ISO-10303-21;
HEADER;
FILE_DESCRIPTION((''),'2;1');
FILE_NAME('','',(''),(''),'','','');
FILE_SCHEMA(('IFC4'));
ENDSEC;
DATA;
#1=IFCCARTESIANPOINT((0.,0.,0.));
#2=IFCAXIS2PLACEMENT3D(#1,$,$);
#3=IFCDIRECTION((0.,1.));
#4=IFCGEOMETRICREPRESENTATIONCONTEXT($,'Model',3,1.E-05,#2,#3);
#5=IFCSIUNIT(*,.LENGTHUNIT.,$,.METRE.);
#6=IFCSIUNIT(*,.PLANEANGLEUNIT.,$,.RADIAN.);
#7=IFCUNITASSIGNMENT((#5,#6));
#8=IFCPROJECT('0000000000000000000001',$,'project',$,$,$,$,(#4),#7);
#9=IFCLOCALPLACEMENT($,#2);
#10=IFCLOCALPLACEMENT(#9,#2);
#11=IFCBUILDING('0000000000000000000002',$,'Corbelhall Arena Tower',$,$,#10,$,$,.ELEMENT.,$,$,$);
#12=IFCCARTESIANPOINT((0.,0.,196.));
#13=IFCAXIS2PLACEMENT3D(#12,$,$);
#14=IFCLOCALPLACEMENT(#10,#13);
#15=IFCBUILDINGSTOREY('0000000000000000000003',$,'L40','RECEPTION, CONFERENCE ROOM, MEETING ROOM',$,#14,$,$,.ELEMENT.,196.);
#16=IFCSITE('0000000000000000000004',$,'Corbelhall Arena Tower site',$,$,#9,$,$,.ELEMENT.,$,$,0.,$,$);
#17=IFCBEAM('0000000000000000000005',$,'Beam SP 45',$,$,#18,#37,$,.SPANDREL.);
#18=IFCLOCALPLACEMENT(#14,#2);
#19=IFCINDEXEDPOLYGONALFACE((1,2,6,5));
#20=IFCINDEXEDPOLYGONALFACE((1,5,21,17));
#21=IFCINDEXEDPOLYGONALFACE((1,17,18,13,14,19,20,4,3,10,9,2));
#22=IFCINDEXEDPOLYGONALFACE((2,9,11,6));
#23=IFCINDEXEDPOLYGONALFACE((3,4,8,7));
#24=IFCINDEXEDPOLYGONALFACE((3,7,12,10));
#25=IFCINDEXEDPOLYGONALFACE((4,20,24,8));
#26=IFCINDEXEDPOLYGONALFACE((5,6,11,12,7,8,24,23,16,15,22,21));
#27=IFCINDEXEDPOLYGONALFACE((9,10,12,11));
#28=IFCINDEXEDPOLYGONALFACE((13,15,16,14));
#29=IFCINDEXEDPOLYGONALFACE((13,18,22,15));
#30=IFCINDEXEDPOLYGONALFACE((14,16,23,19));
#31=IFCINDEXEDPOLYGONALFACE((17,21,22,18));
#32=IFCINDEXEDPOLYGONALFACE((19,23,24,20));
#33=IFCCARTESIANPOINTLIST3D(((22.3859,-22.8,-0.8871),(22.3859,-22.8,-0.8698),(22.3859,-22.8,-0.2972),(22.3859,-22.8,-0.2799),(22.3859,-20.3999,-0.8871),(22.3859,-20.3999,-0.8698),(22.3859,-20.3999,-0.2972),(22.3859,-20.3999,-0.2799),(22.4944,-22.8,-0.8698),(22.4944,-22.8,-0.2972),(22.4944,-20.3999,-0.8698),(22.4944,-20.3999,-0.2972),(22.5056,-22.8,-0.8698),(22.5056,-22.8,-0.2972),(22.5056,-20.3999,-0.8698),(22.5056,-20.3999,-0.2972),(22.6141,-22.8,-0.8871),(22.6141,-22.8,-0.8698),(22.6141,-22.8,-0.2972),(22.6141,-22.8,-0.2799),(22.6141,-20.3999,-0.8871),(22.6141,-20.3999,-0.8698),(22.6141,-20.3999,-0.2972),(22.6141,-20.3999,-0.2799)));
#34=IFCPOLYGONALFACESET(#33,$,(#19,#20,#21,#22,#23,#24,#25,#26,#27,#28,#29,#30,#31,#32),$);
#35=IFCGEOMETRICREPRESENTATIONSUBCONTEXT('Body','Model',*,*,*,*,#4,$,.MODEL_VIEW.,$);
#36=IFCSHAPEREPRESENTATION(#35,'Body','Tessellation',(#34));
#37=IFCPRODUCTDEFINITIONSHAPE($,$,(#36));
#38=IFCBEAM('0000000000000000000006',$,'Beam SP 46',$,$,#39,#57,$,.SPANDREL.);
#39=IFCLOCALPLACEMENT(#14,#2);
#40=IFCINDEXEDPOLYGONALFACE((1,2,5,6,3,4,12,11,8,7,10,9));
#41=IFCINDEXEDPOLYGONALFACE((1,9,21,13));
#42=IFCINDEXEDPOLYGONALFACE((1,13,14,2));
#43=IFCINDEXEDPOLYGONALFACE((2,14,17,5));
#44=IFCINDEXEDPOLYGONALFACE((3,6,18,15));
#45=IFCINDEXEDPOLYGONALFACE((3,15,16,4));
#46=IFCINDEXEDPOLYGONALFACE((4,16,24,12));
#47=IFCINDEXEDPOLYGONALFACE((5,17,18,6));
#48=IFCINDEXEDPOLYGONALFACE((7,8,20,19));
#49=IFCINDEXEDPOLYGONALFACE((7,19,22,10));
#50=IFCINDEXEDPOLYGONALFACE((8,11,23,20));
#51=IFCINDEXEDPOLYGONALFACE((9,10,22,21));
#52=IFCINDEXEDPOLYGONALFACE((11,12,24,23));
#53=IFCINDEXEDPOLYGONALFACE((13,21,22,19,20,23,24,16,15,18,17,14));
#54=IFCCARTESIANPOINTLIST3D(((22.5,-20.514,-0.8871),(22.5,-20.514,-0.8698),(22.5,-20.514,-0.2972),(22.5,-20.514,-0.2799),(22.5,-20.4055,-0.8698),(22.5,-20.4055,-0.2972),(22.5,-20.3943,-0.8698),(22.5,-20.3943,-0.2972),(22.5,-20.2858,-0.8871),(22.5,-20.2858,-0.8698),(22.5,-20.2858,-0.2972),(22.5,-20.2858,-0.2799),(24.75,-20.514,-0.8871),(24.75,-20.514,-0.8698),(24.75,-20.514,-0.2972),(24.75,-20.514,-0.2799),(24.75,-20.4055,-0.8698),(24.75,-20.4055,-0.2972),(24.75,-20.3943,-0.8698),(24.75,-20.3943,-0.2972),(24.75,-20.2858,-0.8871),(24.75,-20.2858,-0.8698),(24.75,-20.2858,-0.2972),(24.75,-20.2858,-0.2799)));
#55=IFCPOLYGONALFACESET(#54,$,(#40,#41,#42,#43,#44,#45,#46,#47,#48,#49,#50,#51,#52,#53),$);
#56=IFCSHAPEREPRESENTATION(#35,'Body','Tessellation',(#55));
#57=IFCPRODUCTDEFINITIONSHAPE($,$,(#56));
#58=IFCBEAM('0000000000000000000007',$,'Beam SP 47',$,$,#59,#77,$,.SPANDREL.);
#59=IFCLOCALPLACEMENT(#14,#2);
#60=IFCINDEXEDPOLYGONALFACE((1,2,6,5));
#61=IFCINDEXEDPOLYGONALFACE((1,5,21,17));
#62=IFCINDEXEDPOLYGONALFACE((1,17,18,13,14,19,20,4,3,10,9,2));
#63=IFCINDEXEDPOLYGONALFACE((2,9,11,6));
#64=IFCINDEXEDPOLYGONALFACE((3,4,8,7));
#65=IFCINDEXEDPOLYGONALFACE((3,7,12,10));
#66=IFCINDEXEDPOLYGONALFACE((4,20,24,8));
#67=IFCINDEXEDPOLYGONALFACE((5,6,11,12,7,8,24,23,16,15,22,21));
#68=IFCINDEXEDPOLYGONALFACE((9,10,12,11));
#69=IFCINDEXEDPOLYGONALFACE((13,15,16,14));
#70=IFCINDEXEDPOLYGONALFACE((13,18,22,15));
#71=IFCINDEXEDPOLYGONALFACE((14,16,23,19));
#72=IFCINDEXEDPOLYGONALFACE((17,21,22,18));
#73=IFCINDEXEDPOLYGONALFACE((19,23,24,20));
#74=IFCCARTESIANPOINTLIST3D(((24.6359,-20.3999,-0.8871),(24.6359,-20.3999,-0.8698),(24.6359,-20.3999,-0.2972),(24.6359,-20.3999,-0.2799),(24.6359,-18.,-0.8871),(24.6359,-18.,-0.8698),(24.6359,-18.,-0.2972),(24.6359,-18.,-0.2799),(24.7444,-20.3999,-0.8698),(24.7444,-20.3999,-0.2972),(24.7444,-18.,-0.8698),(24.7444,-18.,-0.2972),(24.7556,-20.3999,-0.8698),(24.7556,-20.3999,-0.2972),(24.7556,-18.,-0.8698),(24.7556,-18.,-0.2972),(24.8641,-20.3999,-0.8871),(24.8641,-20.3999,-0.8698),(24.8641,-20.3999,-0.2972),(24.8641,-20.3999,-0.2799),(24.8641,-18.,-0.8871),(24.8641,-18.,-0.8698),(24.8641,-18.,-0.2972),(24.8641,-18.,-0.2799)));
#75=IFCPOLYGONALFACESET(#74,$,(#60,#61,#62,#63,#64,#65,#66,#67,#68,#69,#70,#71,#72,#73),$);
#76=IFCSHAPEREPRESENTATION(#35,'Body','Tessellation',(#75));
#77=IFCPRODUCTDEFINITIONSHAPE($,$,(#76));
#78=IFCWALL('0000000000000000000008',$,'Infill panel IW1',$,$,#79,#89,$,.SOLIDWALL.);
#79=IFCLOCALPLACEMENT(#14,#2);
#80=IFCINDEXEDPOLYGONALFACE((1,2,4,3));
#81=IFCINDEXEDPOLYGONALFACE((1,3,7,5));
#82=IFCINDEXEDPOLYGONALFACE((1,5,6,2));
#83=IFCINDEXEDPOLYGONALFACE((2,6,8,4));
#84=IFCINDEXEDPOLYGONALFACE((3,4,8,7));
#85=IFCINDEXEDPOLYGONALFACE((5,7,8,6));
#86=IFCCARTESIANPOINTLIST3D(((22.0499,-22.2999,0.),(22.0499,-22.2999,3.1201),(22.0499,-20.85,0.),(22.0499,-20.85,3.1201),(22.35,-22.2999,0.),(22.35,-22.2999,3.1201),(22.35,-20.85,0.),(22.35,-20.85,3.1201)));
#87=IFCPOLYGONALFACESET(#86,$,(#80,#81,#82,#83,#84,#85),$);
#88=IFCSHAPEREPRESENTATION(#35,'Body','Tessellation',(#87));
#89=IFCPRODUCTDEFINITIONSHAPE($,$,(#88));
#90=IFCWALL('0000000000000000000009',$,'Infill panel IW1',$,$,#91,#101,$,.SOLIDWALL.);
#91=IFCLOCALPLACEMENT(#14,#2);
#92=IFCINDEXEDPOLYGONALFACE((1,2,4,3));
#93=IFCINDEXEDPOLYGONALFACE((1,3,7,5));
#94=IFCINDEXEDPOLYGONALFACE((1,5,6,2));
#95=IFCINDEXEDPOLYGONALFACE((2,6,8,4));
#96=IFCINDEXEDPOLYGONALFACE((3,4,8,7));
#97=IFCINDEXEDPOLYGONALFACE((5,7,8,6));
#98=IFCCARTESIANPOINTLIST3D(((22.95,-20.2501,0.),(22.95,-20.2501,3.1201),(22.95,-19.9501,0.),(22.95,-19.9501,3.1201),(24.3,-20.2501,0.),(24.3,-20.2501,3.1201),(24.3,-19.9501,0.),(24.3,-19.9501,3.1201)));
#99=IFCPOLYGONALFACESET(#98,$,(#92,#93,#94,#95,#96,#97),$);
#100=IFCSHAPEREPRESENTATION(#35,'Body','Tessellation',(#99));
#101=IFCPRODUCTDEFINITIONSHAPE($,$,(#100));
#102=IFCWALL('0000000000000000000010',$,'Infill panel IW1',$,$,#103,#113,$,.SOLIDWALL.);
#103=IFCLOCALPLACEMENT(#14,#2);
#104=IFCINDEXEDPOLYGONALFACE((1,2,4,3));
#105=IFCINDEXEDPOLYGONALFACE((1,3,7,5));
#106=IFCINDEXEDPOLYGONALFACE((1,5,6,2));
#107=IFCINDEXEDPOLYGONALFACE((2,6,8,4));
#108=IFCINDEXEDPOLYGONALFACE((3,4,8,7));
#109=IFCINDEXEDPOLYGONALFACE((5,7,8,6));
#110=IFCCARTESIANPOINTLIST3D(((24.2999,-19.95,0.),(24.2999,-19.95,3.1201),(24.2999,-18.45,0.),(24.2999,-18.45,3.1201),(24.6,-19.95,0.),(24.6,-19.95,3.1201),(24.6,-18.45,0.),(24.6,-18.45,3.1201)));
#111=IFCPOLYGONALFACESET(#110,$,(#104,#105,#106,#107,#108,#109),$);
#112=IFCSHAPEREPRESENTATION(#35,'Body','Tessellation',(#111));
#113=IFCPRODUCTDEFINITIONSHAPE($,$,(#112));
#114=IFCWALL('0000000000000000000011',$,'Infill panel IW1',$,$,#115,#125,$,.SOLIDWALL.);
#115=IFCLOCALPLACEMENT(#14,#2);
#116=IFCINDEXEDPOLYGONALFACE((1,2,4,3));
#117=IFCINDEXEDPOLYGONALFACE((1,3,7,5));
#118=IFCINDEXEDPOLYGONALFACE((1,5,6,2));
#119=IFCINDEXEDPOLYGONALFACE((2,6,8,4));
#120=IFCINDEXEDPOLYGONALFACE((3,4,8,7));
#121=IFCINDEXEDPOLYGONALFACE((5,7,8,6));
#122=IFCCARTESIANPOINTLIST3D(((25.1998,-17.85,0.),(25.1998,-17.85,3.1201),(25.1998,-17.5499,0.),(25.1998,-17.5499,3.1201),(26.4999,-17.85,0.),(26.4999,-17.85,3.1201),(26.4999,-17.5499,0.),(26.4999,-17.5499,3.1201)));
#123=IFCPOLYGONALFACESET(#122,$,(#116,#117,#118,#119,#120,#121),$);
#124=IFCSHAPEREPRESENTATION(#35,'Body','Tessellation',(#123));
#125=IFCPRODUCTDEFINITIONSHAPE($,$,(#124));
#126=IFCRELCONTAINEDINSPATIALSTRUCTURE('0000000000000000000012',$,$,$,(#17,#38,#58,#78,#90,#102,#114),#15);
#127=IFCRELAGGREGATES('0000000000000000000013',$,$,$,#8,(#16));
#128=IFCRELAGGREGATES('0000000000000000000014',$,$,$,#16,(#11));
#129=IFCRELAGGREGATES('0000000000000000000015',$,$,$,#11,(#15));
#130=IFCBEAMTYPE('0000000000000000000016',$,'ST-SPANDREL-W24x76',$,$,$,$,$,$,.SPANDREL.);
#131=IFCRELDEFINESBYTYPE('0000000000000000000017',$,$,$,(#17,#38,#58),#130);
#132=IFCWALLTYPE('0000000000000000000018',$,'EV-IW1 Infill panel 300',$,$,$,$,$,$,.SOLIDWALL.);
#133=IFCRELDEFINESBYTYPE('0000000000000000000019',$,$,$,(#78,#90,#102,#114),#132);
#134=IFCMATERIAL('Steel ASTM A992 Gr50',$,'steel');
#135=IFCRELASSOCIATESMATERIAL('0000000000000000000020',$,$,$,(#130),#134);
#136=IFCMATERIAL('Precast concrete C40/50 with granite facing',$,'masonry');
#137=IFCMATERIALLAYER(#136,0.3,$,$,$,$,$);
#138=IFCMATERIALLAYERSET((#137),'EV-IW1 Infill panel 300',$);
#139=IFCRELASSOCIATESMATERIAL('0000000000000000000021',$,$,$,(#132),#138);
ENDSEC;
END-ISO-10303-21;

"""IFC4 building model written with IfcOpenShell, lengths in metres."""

from ifc_helpers import new_model, si_unit, direction, frame, frame_2d, origin, origin_2d, place, context, subcontext, project, spatial, rectangle, i_section, extrude, material, layer, layer_set, material_profile, profile_set, type_object, element, save


model = new_model("IFC4")

# Units and contexts
model_context = context("Model", 3, precision=1e-05, world=origin(), true_north=direction((0.0, 1.0)))
body_context = subcontext(model_context, "Body", "Model", "MODEL_VIEW")
ifc_project = project(units=[si_unit("LENGTHUNIT", "METRE"), si_unit("PLANEANGLEUNIT", "RADIAN")], contexts=[model_context])

# Site, building, storey
site_placement = place(None, origin())
site = spatial("IfcSite", under=ifc_project, at=site_placement, Name="Corbelhall Arena Tower site", CompositionType="ELEMENT", RefElevation=0.0)
building_placement = place(site_placement, origin())
building = spatial("IfcBuilding", under=site, at=building_placement, Name="Corbelhall Arena Tower", CompositionType="ELEMENT")
storey_placement = place(building_placement, frame((0.0, 0.0, 196.0)))
storey = spatial("IfcBuildingStorey", under=building, at=storey_placement, Name="L40", Description="RECEPTION, CONFERENCE ROOM, MEETING ROOM", CompositionType="ELEMENT", Elevation=196.0)

# Beams
ifc_material_1 = material(Name="Steel ASTM A992 Gr50", Category="steel")
ifc_material_profile_1 = material_profile(ifc_material_1, i_section(OverallWidth=0.2283, OverallDepth=0.6072, WebThickness=0.0112, FlangeThickness=0.0173, at=origin_2d()))
ifc_profile_set_1 = profile_set([ifc_material_profile_1], Name="Steel ASTM A992 Gr50")
beam_type = type_object("IfcBeamType", Name="ST-SPANDREL-W24x76", PredefinedType="SPANDREL", material=ifc_profile_set_1)
beam_1_placement = place(storey_placement, frame((22.5, -20.3999, -0.5835), z_axis=(0.0, -1.0, 0.0), x_axis=(1.0, 0.0, 0.0)))
element("IfcBeam", 1, at=beam_1_placement, inside=storey, type_object=beam_type, Name="Beam SP 45", PredefinedType="SPANDREL", context=body_context, shape_type="SweptSolid", body=[
    extrude(i_section(OverallWidth=0.2283, OverallDepth=0.6072, WebThickness=0.0112, FlangeThickness=0.0173, at=origin_2d()), origin(), (0.0, 0.0, 1.0), 2.4001),
])
beam_2_placement = place(storey_placement, frame((24.75, -20.3999, -0.5835), z_axis=(-1.0, 0.0, 0.0), x_axis=(0.0, -1.0, 0.0)))
element("IfcBeam", 2, at=beam_2_placement, inside=storey, type_object=beam_type, Name="Beam SP 46", PredefinedType="SPANDREL", context=body_context, shape_type="SweptSolid", body=[
    extrude(i_section(OverallWidth=0.2283, OverallDepth=0.6072, WebThickness=0.0112, FlangeThickness=0.0173, at=origin_2d()), origin(), (0.0, 0.0, 1.0), 2.25),
])
beam_3_placement = place(storey_placement, frame((24.75, -18.0, -0.5835), z_axis=(0.0, -1.0, 0.0), x_axis=(1.0, 0.0, 0.0)))
element("IfcBeam", 3, at=beam_3_placement, inside=storey, type_object=beam_type, Name="Beam SP 47", PredefinedType="SPANDREL", context=body_context, shape_type="SweptSolid", body=[
    extrude(i_section(OverallWidth=0.2283, OverallDepth=0.6072, WebThickness=0.0112, FlangeThickness=0.0173, at=origin_2d()), origin(), (0.0, 0.0, 1.0), 2.3999),
])

# Shared definitions
ifc_material_2 = material(Name="Precast concrete C40/50 with granite facing", Category="masonry")
ifc_layer_1 = layer(ifc_material_2, 0.3)
ifc_layer_set_1 = layer_set([ifc_layer_1], Name="EV-IW1 Infill panel 300")
wall_type_1 = type_object("IfcWallType", Name="EV-IW1 Infill panel 300", PredefinedType="SOLIDWALL", material=ifc_layer_set_1)

# Walls
wall_1_placement = place(storey_placement, frame((22.2, -22.3, 0.0), z_axis=(0.0, 0.0, 1.0), x_axis=(0.0, 1.0, 0.0)))
element("IfcWall", 4, at=wall_1_placement, inside=storey, type_object=wall_type_1, Name="Infill panel IW1", PredefinedType="SOLIDWALL", context=body_context, shape_type="SweptSolid", body=[
    extrude(rectangle(XDim=1.45, YDim=0.3, at=frame_2d((0.7251, 0.0))), origin(), (0.0, 0.0, 1.0), 3.1201),
])
wall_2_placement = place(storey_placement, frame((22.95, -20.1001, 0.0), z_axis=(0.0, 0.0, 1.0), x_axis=(1.0, 0.0, 0.0)))
element("IfcWall", 5, at=wall_2_placement, inside=storey, type_object=wall_type_1, Name="Infill panel IW1", PredefinedType="SOLIDWALL", context=body_context, shape_type="SweptSolid", body=[
    extrude(rectangle(XDim=1.3501, YDim=0.3, at=frame_2d((0.675, 0.0))), origin(), (0.0, 0.0, 1.0), 3.1201),
])
wall_3_placement = place(storey_placement, frame((24.45, -19.95, 0.0), z_axis=(0.0, 0.0, 1.0), x_axis=(0.0, 1.0, 0.0)))
element("IfcWall", 6, at=wall_3_placement, inside=storey, type_object=wall_type_1, Name="Infill panel IW1", PredefinedType="SOLIDWALL", context=body_context, shape_type="SweptSolid", body=[
    extrude(rectangle(XDim=1.5, YDim=0.3, at=frame_2d((0.75, 0.0))), origin(), (0.0, 0.0, 1.0), 3.1201),
])
wall_4_placement = place(storey_placement, frame((25.2, -17.7, 0.0), z_axis=(0.0, 0.0, 1.0), x_axis=(1.0, 0.0, 0.0)))
element("IfcWall", 7, at=wall_4_placement, inside=storey, type_object=wall_type_1, Name="Infill panel IW1", PredefinedType="SOLIDWALL", context=body_context, shape_type="SweptSolid", body=[
    extrude(rectangle(XDim=1.3, YDim=0.3, at=frame_2d((0.6499, 0.0))), origin(), (0.0, 0.0, 1.0), 3.1201),
])

save(model, "model.ifc")
